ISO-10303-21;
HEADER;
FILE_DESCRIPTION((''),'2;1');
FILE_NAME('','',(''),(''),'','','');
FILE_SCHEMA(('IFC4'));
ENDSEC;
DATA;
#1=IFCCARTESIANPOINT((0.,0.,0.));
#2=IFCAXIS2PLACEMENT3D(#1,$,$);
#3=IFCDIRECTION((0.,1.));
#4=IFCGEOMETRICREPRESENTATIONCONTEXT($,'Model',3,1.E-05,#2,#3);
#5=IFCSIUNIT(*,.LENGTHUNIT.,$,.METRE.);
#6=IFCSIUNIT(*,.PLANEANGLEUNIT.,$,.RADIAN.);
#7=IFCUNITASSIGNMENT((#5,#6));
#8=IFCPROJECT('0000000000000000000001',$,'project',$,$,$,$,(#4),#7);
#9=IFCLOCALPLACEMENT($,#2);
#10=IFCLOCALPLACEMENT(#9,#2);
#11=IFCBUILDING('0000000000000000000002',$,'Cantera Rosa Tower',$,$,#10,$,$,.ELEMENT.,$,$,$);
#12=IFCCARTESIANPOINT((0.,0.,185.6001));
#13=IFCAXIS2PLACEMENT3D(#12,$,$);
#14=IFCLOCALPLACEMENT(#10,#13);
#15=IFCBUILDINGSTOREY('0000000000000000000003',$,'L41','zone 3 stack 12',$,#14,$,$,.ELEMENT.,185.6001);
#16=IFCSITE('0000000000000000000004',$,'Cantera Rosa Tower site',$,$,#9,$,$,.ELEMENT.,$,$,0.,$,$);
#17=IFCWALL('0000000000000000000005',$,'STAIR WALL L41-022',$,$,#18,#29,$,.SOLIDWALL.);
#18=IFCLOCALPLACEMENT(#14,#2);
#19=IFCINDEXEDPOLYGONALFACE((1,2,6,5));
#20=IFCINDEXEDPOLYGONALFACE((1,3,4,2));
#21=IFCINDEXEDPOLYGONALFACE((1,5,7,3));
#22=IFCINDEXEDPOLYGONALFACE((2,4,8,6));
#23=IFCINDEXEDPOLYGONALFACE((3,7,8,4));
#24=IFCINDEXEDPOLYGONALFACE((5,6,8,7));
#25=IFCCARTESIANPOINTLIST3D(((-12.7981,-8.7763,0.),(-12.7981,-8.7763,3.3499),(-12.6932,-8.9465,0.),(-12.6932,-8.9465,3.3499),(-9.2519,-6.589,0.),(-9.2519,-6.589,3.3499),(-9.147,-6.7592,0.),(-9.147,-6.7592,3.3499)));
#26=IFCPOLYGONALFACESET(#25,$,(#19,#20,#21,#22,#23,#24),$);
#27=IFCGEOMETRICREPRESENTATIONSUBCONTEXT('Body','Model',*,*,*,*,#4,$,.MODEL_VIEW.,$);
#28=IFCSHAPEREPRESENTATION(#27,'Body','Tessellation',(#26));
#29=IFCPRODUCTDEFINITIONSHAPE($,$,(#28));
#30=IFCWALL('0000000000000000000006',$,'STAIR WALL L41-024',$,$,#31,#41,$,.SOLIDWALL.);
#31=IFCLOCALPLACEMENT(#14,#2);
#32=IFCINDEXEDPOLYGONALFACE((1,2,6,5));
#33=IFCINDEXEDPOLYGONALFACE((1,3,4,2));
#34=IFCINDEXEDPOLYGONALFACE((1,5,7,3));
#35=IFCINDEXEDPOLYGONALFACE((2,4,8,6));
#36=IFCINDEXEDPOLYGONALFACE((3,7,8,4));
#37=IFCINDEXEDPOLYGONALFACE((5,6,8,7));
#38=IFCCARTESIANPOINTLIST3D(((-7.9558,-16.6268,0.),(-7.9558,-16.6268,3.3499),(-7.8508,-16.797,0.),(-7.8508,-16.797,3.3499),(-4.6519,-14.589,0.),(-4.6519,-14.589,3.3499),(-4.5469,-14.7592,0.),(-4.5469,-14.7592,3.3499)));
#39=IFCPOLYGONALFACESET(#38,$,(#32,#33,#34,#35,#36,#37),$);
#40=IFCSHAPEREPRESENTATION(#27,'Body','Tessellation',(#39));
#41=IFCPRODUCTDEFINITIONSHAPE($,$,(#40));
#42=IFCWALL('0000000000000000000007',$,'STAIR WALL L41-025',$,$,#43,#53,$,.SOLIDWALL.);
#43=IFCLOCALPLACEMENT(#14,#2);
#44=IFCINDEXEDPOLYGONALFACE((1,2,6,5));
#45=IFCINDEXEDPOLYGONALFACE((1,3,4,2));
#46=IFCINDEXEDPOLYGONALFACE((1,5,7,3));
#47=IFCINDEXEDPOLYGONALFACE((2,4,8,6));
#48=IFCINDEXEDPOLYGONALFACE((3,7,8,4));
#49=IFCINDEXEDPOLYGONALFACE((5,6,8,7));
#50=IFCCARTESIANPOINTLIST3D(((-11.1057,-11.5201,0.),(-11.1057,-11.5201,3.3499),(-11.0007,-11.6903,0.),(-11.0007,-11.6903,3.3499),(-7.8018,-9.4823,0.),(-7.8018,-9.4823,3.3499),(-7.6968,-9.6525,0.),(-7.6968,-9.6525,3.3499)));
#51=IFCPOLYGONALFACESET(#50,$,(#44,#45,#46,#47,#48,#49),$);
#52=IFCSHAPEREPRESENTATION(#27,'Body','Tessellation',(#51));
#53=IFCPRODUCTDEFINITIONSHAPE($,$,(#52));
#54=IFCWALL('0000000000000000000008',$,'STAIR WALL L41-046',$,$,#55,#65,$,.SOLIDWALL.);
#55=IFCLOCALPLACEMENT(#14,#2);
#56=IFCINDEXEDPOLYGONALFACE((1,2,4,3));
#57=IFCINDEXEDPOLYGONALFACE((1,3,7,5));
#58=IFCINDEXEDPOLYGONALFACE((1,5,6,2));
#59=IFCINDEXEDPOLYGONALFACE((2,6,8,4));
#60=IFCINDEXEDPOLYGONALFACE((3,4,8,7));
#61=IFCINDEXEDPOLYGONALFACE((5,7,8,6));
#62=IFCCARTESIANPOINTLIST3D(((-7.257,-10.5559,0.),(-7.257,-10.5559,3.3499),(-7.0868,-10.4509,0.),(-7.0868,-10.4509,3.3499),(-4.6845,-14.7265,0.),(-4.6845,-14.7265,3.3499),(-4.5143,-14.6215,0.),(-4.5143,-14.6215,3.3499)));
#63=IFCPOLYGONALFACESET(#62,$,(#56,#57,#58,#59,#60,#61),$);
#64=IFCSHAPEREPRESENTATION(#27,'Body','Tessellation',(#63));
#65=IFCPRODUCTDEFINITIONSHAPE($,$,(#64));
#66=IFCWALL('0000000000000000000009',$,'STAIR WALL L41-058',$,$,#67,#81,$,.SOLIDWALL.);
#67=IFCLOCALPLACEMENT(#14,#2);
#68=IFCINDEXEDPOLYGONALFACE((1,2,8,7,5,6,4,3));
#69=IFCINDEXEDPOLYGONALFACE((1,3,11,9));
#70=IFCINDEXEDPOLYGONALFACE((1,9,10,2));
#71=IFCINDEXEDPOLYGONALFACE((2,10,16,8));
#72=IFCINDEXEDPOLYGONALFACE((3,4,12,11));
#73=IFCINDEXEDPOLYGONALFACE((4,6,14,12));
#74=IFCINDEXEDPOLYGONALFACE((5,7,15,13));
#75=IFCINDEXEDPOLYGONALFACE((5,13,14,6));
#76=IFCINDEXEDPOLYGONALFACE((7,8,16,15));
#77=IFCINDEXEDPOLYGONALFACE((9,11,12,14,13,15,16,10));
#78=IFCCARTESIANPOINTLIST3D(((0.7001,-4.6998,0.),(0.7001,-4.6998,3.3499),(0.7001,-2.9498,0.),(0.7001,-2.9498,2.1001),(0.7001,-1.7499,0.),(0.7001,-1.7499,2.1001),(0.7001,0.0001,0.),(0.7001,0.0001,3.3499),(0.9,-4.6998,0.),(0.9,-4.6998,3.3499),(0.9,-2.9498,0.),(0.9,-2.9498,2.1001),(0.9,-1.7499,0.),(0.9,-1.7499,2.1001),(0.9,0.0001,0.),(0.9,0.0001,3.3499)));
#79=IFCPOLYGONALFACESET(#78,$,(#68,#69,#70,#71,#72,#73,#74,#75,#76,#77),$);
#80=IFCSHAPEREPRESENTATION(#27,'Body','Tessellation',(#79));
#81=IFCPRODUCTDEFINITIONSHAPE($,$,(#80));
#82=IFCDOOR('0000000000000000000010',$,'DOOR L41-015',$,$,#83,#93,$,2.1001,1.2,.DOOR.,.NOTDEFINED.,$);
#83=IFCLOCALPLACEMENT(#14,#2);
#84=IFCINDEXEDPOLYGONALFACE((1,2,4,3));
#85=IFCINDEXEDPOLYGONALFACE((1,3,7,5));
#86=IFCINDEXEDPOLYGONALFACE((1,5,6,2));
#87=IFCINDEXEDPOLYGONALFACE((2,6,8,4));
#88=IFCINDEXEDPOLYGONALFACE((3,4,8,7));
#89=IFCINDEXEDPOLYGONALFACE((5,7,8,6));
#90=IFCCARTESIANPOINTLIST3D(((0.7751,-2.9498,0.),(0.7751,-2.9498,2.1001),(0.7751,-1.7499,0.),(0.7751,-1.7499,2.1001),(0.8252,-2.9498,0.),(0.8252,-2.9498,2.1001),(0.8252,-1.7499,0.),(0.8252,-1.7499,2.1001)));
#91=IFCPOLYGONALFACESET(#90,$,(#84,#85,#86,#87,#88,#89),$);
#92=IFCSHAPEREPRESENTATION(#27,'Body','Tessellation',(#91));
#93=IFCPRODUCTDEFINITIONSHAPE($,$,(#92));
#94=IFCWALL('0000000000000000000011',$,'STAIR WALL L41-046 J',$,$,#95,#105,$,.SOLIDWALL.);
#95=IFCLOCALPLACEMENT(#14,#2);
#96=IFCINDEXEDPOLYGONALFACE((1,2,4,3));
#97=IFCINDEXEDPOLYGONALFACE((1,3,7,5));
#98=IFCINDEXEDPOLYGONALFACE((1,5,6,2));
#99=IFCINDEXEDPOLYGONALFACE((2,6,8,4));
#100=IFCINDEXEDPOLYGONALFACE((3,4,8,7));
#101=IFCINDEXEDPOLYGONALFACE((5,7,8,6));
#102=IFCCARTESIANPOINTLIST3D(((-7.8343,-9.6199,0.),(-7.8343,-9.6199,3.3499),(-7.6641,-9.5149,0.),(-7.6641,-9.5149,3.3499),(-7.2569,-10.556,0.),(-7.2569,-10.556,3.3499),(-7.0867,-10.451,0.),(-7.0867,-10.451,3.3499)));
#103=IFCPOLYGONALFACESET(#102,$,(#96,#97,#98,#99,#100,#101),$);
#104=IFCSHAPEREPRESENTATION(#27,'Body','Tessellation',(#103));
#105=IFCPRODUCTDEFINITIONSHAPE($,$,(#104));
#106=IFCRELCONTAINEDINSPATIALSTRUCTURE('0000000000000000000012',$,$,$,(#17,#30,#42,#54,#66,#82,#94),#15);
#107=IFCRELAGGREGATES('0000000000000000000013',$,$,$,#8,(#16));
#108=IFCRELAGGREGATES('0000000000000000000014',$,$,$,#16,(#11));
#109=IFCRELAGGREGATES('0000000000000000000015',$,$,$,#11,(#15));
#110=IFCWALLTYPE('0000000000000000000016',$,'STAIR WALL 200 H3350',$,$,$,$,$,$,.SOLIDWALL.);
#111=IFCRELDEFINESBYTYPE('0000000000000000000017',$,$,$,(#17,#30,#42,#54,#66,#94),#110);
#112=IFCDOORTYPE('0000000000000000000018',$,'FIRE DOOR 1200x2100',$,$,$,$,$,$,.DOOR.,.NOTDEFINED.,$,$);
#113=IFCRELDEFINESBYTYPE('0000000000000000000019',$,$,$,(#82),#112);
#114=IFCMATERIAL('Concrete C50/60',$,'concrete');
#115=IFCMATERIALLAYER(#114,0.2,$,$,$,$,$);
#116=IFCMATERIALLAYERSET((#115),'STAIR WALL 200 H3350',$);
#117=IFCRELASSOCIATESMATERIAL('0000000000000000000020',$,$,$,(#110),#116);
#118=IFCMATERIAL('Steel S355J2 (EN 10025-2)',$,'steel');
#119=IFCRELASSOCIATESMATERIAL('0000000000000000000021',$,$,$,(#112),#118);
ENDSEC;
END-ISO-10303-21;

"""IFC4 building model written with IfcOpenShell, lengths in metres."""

from ifc_helpers import new_model, si_unit, direction, frame, frame_2d, origin, place, context, subcontext, project, spatial, rectangle, extrude, material, layer, layer_set, type_object, element, fill, save


model = new_model("IFC4")

# Units and contexts
model_context = context("Model", 3, precision=1e-05, world=origin(), true_north=direction((0.0, 1.0)))
body_context = subcontext(model_context, "Body", "Model", "MODEL_VIEW")
ifc_project = project(units=[si_unit("LENGTHUNIT", "METRE"), si_unit("PLANEANGLEUNIT", "RADIAN")], contexts=[model_context])

# Site, building, storey
site_placement = place(None, origin())
site = spatial("IfcSite", under=ifc_project, at=site_placement, Name="Cantera Rosa Tower site", CompositionType="ELEMENT", RefElevation=0.0)
building_placement = place(site_placement, origin())
building = spatial("IfcBuilding", under=site, at=building_placement, Name="Cantera Rosa Tower", CompositionType="ELEMENT")
storey_placement = place(building_placement, frame((0.0, 0.0, 185.6001)))
storey = spatial("IfcBuildingStorey", under=building, at=storey_placement, Name="L41", Description="zone 3 stack 12", CompositionType="ELEMENT", Elevation=185.6001)

# Walls
ifc_material_1 = material(Name="Concrete C50/60", Category="concrete")
ifc_layer_1 = layer(ifc_material_1, 0.2)
ifc_layer_set_1 = layer_set([ifc_layer_1], Name="STAIR WALL 200 H3350")
wall_type_1 = type_object("IfcWallType", Name="STAIR WALL 200 H3350", PredefinedType="SOLIDWALL", material=ifc_layer_set_1)
wall_1_placement = place(storey_placement, frame((-9.1995, -6.6741, 0.0), z_axis=(0.0, 0.0, 1.0), x_axis=(-0.851121, -0.52497, 0.0)))
element("IfcWall", 1, at=wall_1_placement, inside=storey, type_object=wall_type_1, Name="STAIR WALL L41-022", PredefinedType="SOLIDWALL", context=body_context, shape_type="SweptSolid", body=[
    extrude(rectangle(XDim=4.1665, YDim=0.2, at=frame_2d((2.0833, 0.0))), origin(), (0.0, 0.0, 1.0), 3.3499),
])
for number, where, z_axis, x_axis, name in (
    (2, (-7.9033, -16.7119, 0.0), (0.0, 0.0, 1.0), (0.851125, 0.524964, 0.0), "STAIR WALL L41-024"),
    (3, (-7.7493, -9.5674, 0.0), (0.0, 0.0, 1.0), (-0.851125, -0.524964, 0.0), "STAIR WALL L41-025"),
):
    element("IfcWall", number, at=place(storey_placement, frame(where, z_axis=z_axis, x_axis=x_axis)), inside=storey, type_object=wall_type_1, Name=name, PredefinedType="SOLIDWALL", context=body_context, shape_type="SweptSolid", body=[
        extrude(rectangle(XDim=3.8818, YDim=0.2, at=frame_2d((1.9409, 0.0))), origin(), (0.0, 0.0, 1.0), 3.3499),
    ])
wall_2_placement = place(storey_placement, frame((-4.5994, -14.6741, 0.0), z_axis=(0.0, 0.0, 1.0), x_axis=(-0.524978, 0.851116, 0.0)))
element("IfcWall", 4, at=wall_2_placement, inside=storey, type_object=wall_type_1, Name="STAIR WALL L41-046", PredefinedType="SOLIDWALL", context=body_context, shape_type="SweptSolid", body=[
    extrude(rectangle(XDim=4.9001, YDim=0.2, at=frame_2d((2.4502, 0.0))), origin(), (0.0, 0.0, 1.0), 3.3499),
])

# Wall, opening, door
wall_3_placement = place(storey_placement, frame((0.8, -4.7, 0.0), z_axis=(0.0, 0.0, 1.0), x_axis=(0.0, 1.0, 0.0)))
wall_3 = element("IfcWall", 5, at=wall_3_placement, inside=storey, type_object=wall_type_1, Name="STAIR WALL L41-058", PredefinedType="SOLIDWALL", context=body_context, shape_type="SweptSolid", body=[
    extrude(rectangle(XDim=4.7, YDim=0.2, at=frame_2d((2.3501, 0.0))), origin(), (0.0, 0.0, 1.0), 3.3499),
])
opening_1_placement = place(wall_3_placement, frame((1.75, 0.0, 0.0)))
opening_1 = element("IfcOpeningElement", 6, at=opening_1_placement, cuts=wall_3, PredefinedType="OPENING", context=body_context, shape_type="SweptSolid", body=[
    extrude(rectangle(XDim=1.2, YDim=2.1001, at=frame_2d((0.6001, 1.05))), frame((0.0, 0.1099, 0.0), z_axis=(0.0, -1.0, 0.0), x_axis=(1.0, 0.0, 0.0)), (0.0, 0.0, 1.0), 0.22),
])
ifc_material_2 = material(Name="Steel S355J2 (EN 10025-2)", Category="steel")
door_type_1 = type_object("IfcDoorType", Name="FIRE DOOR 1200x2100", OperationType="NOTDEFINED", PredefinedType="DOOR", material=ifc_material_2)
door_1_placement = place(opening_1_placement, origin())
door_1 = element("IfcDoor", 7, at=door_1_placement, inside=storey, type_object=door_type_1, Name="DOOR L41-015", OperationType="NOTDEFINED", OverallHeight=2.1001, OverallWidth=1.2, PredefinedType="DOOR", context=body_context, shape_type="SweptSolid", body=[
    extrude(rectangle(XDim=1.2, YDim=2.1001, at=frame_2d((0.6001, 1.05))), frame((0.0, 0.0249, 0.0), z_axis=(0.0, -1.0, 0.0), x_axis=(1.0, 0.0, 0.0)), (0.0, 0.0, 1.0), 0.05),
])
fill(opening_1, door_1)

# Wall
wall_4_placement = place(storey_placement, frame((-7.1719, -10.5034, 0.0), z_axis=(0.0, 0.0, 1.0), x_axis=(-0.525001, 0.851101, 0.0)))
element("IfcWall", 8, at=wall_4_placement, inside=storey, type_object=wall_type_1, Name="STAIR WALL L41-046 J", PredefinedType="SOLIDWALL", context=body_context, shape_type="SweptSolid", body=[
    extrude(rectangle(XDim=1.0999, YDim=0.2, at=frame_2d((0.5498, 0.0))), origin(), (0.0, 0.0, 1.0), 3.3499),
])

save(model, "model.ifc")
